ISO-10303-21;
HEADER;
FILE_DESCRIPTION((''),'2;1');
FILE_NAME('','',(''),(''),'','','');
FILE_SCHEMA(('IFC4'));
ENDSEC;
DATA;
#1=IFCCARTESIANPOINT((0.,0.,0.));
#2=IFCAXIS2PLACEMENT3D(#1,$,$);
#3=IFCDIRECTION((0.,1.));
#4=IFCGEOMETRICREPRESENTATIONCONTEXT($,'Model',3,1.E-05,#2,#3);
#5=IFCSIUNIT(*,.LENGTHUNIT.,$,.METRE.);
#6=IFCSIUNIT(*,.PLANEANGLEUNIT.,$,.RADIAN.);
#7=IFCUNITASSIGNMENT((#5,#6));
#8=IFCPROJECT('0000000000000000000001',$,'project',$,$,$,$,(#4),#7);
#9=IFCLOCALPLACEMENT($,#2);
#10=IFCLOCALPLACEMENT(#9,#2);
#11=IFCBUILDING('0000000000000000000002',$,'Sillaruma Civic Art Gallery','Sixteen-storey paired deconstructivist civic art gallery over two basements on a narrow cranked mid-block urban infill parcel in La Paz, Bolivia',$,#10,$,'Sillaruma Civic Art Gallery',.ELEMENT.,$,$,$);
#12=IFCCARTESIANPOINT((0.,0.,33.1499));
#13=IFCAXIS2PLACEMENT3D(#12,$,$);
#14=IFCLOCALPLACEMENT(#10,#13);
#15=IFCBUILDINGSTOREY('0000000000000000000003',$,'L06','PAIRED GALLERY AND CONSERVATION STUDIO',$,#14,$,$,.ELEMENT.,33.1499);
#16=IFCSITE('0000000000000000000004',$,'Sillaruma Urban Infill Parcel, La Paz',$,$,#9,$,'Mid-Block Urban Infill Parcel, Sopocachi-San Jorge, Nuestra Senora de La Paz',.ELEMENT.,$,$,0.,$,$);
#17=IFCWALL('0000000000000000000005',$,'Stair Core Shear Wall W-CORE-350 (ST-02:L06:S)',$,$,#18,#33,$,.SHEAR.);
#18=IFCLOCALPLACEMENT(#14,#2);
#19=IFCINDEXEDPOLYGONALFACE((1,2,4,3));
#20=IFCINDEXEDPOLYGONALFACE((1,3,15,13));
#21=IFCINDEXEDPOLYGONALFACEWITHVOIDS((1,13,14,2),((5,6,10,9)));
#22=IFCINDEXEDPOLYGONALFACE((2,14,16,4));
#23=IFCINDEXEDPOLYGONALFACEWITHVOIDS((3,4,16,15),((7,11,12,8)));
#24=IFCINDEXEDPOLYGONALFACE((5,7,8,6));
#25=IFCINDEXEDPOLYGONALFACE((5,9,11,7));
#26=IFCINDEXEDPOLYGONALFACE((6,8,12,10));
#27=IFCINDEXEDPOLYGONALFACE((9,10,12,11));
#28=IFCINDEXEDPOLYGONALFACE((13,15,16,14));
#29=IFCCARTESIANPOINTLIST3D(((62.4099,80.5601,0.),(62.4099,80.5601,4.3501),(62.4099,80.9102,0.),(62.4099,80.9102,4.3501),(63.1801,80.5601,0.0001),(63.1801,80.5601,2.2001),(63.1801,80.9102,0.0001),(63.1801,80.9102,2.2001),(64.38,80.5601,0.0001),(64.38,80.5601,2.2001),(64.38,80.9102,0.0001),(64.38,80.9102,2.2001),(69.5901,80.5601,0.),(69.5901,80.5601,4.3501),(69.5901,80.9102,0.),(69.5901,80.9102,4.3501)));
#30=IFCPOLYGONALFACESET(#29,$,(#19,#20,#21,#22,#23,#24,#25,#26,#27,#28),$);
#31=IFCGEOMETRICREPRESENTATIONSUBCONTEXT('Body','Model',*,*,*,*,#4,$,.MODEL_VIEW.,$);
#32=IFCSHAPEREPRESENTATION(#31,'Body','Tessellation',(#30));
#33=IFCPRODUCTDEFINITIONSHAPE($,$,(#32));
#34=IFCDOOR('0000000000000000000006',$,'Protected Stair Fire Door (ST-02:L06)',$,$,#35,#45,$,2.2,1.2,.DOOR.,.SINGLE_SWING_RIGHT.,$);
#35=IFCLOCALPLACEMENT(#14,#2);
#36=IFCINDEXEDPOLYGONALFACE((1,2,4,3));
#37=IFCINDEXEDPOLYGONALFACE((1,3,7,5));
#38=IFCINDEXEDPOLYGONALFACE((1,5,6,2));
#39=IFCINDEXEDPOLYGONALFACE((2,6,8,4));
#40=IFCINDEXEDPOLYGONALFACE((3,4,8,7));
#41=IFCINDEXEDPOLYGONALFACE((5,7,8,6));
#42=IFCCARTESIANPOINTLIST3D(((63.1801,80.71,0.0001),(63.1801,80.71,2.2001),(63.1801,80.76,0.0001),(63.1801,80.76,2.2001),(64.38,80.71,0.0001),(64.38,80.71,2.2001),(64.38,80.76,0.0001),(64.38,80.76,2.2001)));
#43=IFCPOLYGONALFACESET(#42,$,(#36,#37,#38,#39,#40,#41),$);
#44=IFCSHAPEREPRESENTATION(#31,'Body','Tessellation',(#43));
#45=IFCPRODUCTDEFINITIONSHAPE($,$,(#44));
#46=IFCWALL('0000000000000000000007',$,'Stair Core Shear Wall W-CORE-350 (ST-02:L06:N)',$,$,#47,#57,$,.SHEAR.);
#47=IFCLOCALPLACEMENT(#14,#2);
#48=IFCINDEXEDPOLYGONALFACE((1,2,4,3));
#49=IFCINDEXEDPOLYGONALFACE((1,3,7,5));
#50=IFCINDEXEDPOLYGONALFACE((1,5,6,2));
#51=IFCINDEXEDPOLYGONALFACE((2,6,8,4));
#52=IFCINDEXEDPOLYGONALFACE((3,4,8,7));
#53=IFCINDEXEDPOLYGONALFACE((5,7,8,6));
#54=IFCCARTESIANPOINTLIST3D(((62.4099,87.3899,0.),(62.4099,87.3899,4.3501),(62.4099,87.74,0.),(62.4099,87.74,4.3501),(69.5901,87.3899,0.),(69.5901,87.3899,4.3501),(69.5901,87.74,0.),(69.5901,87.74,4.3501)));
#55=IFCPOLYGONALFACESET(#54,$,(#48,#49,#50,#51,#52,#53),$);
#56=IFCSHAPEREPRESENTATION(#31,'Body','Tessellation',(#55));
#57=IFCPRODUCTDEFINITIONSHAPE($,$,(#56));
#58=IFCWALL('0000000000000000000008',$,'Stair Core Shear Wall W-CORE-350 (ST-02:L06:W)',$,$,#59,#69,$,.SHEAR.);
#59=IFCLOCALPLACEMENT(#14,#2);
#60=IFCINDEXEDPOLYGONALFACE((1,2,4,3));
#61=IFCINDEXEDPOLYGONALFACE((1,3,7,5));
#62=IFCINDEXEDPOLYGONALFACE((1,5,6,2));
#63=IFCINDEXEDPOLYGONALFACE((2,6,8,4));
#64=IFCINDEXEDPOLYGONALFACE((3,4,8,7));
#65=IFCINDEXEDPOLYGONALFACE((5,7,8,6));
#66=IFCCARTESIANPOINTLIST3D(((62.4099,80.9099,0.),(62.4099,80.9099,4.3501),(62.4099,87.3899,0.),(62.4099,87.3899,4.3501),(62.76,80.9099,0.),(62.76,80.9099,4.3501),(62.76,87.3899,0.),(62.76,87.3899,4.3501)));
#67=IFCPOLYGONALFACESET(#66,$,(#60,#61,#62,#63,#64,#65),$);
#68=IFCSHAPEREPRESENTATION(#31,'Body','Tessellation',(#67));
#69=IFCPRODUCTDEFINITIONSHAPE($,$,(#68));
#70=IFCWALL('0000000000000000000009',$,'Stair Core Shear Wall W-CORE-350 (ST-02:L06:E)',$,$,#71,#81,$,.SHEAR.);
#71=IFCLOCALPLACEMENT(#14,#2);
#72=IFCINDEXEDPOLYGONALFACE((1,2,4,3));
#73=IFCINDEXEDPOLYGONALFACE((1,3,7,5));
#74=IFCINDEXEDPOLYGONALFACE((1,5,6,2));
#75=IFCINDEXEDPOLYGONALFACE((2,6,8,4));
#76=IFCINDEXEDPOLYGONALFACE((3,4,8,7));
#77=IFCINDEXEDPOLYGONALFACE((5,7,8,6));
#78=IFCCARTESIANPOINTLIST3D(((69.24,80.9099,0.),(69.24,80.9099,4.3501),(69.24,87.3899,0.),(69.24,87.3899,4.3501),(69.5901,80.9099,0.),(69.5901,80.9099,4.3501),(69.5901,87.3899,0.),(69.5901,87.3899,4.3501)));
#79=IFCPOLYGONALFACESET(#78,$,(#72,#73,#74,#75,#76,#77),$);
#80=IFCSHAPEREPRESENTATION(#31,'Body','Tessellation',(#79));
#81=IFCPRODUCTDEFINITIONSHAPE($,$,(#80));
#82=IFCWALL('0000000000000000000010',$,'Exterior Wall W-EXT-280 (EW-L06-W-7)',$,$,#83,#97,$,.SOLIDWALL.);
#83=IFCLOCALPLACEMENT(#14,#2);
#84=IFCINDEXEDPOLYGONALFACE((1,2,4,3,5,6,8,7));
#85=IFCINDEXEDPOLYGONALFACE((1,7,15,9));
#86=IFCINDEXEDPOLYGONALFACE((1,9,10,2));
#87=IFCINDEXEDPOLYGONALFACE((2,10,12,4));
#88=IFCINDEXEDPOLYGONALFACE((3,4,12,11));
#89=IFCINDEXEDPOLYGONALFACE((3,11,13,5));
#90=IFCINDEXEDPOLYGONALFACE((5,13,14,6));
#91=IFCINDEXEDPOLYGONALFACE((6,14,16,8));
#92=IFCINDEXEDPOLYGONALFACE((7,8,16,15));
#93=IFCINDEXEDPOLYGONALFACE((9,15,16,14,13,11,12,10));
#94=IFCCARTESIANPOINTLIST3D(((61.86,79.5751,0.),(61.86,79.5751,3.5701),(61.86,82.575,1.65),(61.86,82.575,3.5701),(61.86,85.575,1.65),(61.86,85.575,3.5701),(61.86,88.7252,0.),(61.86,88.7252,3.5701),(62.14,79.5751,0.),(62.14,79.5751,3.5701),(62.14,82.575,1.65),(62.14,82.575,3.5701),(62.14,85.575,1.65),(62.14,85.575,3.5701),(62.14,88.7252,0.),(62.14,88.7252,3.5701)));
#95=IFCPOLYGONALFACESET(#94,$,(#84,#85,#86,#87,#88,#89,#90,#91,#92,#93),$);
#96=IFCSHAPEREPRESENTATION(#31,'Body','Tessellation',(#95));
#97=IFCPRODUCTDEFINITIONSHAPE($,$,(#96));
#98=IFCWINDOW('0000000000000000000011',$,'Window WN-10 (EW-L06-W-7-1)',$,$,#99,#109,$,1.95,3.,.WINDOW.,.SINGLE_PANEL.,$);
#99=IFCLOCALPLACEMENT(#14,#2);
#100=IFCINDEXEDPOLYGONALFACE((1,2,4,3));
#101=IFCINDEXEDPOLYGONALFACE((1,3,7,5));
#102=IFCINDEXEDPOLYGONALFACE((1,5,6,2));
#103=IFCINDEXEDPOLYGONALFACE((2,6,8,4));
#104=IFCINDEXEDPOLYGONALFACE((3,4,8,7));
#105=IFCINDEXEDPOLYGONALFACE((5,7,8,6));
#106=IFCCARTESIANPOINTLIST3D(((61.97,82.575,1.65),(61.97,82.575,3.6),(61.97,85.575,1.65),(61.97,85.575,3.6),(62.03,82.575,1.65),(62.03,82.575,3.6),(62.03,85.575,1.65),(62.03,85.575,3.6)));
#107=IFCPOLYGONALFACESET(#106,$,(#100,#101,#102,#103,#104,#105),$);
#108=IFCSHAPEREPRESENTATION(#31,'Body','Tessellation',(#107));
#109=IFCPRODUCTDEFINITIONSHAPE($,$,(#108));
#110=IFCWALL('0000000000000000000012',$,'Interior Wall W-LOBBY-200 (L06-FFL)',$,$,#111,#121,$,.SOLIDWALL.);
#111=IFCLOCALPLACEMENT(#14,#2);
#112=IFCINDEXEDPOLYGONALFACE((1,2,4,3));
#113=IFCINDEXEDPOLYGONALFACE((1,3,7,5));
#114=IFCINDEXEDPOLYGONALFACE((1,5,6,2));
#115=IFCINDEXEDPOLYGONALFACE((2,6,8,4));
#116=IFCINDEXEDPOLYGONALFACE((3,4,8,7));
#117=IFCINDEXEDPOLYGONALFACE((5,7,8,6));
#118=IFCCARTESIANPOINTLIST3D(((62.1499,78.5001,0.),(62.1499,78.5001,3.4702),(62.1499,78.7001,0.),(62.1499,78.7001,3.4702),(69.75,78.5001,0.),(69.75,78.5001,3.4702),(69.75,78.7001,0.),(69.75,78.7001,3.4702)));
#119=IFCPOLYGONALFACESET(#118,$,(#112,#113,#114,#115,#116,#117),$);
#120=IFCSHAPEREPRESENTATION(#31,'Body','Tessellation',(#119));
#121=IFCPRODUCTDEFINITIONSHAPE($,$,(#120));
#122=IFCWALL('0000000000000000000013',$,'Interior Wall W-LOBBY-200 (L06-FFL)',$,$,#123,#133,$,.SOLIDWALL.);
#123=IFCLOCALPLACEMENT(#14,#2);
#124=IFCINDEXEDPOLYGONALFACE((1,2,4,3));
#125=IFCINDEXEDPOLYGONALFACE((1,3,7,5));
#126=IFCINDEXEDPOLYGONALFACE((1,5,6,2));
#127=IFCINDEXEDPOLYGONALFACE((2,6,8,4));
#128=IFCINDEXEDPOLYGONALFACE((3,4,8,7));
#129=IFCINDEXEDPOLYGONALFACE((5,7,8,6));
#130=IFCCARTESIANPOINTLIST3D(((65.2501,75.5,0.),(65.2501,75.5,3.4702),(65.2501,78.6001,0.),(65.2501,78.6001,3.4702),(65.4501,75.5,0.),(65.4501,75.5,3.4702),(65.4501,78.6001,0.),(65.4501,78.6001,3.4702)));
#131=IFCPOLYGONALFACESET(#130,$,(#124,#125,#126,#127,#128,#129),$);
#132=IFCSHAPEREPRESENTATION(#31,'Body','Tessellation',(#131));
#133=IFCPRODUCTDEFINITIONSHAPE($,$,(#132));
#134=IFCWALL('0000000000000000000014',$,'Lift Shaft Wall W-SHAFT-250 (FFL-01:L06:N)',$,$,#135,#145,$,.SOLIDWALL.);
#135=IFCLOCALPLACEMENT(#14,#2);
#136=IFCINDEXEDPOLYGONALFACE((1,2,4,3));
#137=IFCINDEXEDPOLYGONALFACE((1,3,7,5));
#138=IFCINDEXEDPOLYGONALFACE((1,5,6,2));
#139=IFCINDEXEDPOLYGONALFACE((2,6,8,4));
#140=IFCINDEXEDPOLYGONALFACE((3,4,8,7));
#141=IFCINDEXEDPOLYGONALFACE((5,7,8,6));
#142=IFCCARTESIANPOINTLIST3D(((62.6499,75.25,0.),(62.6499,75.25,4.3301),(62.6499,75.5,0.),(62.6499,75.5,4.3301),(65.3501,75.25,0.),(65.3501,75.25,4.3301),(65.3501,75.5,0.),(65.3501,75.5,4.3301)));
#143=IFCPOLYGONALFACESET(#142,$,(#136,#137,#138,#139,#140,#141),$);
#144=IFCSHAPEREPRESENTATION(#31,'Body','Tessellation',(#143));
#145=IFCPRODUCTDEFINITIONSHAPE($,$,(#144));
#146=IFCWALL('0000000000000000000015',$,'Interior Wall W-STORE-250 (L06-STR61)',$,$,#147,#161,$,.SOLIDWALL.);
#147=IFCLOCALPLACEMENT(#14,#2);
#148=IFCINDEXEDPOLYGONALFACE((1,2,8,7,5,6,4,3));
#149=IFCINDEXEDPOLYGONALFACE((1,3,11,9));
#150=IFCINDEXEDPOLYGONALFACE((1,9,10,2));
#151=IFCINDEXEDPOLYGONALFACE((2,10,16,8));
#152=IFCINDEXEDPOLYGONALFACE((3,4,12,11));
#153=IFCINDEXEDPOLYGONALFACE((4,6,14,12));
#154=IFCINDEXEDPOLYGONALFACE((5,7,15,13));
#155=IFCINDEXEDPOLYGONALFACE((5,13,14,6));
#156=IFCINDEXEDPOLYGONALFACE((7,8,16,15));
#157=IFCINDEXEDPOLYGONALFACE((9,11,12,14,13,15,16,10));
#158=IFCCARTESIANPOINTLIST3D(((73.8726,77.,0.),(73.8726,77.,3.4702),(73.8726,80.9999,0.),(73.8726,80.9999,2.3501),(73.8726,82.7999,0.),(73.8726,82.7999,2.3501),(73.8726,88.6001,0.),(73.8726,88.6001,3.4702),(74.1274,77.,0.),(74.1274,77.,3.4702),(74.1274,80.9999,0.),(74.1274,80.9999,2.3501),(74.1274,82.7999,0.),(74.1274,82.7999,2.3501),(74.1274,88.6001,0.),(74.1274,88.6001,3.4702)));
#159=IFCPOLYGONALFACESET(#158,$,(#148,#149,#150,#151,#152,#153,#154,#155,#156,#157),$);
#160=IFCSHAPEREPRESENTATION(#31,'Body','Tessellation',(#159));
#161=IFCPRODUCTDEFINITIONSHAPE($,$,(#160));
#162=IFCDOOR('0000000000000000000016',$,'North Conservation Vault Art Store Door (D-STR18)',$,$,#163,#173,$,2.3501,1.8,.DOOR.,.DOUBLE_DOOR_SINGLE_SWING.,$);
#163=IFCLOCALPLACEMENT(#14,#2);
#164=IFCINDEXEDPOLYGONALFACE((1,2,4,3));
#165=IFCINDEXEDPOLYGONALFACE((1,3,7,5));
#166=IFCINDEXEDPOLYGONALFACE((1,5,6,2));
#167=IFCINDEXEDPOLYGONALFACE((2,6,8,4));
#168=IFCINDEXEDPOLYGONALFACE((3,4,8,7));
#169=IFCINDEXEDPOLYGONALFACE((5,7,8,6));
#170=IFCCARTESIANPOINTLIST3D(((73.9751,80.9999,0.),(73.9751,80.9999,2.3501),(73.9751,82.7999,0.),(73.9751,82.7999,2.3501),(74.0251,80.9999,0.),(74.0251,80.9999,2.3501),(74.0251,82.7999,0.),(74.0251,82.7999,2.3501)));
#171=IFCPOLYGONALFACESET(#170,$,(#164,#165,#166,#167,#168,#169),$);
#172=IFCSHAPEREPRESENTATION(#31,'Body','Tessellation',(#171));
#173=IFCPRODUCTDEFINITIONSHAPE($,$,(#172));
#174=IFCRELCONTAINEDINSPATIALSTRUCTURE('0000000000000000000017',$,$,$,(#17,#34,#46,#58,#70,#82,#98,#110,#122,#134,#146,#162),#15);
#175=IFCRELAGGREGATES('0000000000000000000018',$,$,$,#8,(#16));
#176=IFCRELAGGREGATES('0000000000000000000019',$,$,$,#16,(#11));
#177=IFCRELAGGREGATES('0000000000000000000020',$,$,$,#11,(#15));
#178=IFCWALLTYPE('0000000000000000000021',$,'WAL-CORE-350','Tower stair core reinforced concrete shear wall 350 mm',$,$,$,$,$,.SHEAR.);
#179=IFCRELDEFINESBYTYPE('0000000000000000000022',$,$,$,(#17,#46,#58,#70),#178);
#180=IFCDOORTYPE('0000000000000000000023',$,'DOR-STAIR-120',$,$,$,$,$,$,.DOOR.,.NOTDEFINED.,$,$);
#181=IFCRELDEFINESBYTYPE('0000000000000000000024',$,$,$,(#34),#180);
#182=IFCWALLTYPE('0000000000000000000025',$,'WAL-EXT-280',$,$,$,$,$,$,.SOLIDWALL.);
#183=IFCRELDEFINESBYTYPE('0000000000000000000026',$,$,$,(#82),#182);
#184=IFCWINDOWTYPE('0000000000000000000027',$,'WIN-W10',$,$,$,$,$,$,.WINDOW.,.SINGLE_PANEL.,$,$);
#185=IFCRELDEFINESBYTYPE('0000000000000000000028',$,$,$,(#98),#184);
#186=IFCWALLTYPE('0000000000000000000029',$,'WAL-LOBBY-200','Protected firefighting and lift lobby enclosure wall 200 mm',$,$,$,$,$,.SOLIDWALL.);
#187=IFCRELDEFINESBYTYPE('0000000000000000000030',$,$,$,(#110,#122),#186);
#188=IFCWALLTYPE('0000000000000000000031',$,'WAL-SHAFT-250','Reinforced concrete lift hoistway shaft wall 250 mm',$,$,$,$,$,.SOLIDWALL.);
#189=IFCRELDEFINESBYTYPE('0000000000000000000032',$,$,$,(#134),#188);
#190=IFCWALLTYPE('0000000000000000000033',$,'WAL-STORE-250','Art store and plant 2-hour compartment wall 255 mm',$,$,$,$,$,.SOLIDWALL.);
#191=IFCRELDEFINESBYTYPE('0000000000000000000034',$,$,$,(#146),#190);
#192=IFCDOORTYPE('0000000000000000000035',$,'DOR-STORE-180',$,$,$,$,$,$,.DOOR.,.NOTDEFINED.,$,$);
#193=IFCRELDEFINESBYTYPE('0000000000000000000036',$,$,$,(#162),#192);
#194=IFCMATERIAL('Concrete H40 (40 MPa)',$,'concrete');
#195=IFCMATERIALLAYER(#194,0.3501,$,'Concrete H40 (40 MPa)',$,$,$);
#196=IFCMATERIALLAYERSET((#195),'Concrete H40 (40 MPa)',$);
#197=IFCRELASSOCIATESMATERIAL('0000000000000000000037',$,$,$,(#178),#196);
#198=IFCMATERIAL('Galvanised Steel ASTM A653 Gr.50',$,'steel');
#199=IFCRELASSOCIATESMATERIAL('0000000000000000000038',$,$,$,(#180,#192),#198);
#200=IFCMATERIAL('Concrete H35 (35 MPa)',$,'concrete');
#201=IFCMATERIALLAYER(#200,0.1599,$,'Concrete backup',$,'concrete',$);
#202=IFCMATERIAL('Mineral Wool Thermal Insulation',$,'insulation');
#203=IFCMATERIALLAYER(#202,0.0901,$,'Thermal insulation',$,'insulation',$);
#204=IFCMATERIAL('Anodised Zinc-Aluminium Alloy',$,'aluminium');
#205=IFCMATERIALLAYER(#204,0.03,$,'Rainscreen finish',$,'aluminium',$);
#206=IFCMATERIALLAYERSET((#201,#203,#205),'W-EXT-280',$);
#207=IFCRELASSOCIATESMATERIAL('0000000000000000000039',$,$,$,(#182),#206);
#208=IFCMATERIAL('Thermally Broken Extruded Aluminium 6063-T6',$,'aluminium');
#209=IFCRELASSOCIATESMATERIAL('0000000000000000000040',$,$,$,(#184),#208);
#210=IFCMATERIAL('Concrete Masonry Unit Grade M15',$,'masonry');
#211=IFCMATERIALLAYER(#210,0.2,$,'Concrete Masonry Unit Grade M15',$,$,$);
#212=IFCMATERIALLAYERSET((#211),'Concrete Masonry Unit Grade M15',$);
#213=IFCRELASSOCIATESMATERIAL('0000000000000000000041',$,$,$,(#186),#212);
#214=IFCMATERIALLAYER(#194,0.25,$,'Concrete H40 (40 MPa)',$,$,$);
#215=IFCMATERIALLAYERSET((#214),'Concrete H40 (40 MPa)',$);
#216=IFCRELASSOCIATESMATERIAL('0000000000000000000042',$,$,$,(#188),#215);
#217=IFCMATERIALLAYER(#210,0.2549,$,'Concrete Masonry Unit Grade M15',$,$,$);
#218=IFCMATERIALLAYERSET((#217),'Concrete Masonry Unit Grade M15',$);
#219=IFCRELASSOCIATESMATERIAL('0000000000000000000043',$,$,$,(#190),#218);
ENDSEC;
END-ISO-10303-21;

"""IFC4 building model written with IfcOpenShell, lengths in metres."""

from ifc_helpers import new_model, si_unit, direction, frame, frame_2d, origin, place, context, subcontext, project, spatial, rectangle, extrude, material, layer, layer_set, type_object, element, fill, save


model = new_model("IFC4")

# Units and contexts
model_context = context("Model", 3, precision=1e-05, world=origin(), true_north=direction((0.0, 1.0)))
body_context = subcontext(model_context, "Body", "Model", "MODEL_VIEW")
ifc_project = project(units=[si_unit("LENGTHUNIT", "METRE"), si_unit("PLANEANGLEUNIT", "RADIAN")], contexts=[model_context])

# Site, building, storey
site_placement = place(None, origin())
site = spatial("IfcSite", under=ifc_project, at=site_placement, Name="Sillaruma Urban Infill Parcel, La Paz", LongName="Mid-Block Urban Infill Parcel, Sopocachi-San Jorge, Nuestra Senora de La Paz", CompositionType="ELEMENT", RefElevation=0.0)
building_placement = place(site_placement, origin())
building = spatial("IfcBuilding", under=site, at=building_placement, Name="Sillaruma Civic Art Gallery", Description="Sixteen-storey paired deconstructivist civic art gallery over two basements on a narrow cranked mid-block urban infill parcel in La Paz, Bolivia", LongName="Sillaruma Civic Art Gallery", CompositionType="ELEMENT")
storey_placement = place(building_placement, frame((0.0, 0.0, 33.1499)))
storey = spatial("IfcBuildingStorey", under=building, at=storey_placement, Name="L06", Description="PAIRED GALLERY AND CONSERVATION STUDIO", CompositionType="ELEMENT", Elevation=33.1499)

# Shared definitions
ifc_material_1 = material(Name="Concrete H40 (40 MPa)", Category="concrete")

# Shared definitions
ifc_material_2 = material(Name="Concrete H35 (35 MPa)", Category="concrete")

# Shared definitions
ifc_material_3 = material(Name="Thermally Broken Extruded Aluminium 6063-T6", Category="aluminium")

# Wall, opening, door
ifc_layer_1 = layer(ifc_material_1, 0.3501, Name="Concrete H40 (40 MPa)")
ifc_layer_set_1 = layer_set([ifc_layer_1], Name="Concrete H40 (40 MPa)")
wall_type_1 = type_object("IfcWallType", Name="WAL-CORE-350", Description="Tower stair core reinforced concrete shear wall 350 mm", PredefinedType="SHEAR", material=ifc_layer_set_1)
wall_1_placement = place(storey_placement, frame((62.4099, 80.7351, 0.0), z_axis=(0.0, 0.0, 1.0), x_axis=(1.0, 0.0, 0.0)))
wall_1 = element("IfcWall", 1, at=wall_1_placement, inside=storey, type_object=wall_type_1, Name="Stair Core Shear Wall W-CORE-350 (ST-02:L06:S)", PredefinedType="SHEAR", context=body_context, shape_type="SweptSolid", body=[
    extrude(rectangle(XDim=7.1802, YDim=0.3501, at=frame_2d((3.5901, 0.0))), origin(), (0.0, 0.0, 1.0), 4.3501),
])
opening_1_placement = place(wall_1_placement, frame((0.77, 0.0, 0.0)))
opening_1 = element("IfcOpeningElement", 2, at=opening_1_placement, cuts=wall_1, PredefinedType="OPENING", context=body_context, shape_type="SweptSolid", body=[
    extrude(rectangle(XDim=1.2, YDim=2.2, at=frame_2d((0.6001, 1.1001))), frame((0.0, 0.1851, 0.0), z_axis=(0.0, -1.0, 0.0), x_axis=(1.0, 0.0, 0.0)), (0.0, 0.0, 1.0), 0.3701),
])
ifc_material_4 = material(Name="Galvanised Steel ASTM A653 Gr.50", Category="steel")
door_type_1 = type_object("IfcDoorType", Name="DOR-STAIR-120", OperationType="NOTDEFINED", PredefinedType="DOOR", material=ifc_material_4)
door_1_placement = place(opening_1_placement, origin())
door_1 = element("IfcDoor", 3, at=door_1_placement, inside=storey, type_object=door_type_1, Name="Protected Stair Fire Door (ST-02:L06)", OperationType="SINGLE_SWING_RIGHT", OverallHeight=2.2, OverallWidth=1.2, PredefinedType="DOOR", context=body_context, shape_type="SweptSolid", body=[
    extrude(rectangle(XDim=1.2, YDim=2.2, at=frame_2d((0.6001, 1.1001))), frame((0.0, 0.0249, 0.0), z_axis=(0.0, -1.0, 0.0), x_axis=(1.0, 0.0, 0.0)), (0.0, 0.0, 1.0), 0.05),
])
fill(opening_1, door_1)

# Walls
wall_2_placement = place(storey_placement, frame((62.4099, 87.5649, 0.0), z_axis=(0.0, 0.0, 1.0), x_axis=(1.0, 0.0, 0.0)))
element("IfcWall", 4, at=wall_2_placement, inside=storey, type_object=wall_type_1, Name="Stair Core Shear Wall W-CORE-350 (ST-02:L06:N)", PredefinedType="SHEAR", context=body_context, shape_type="SweptSolid", body=[
    extrude(rectangle(XDim=7.1802, YDim=0.3501, at=frame_2d((3.5901, 0.0))), origin(), (0.0, 0.0, 1.0), 4.3501),
])
for number, where, z_axis, x_axis, name in (
    (5, (62.585, 80.9099, 0.0), (0.0, 0.0, 1.0), (0.0, 1.0, 0.0), "Stair Core Shear Wall W-CORE-350 (ST-02:L06:W)"),
    (6, (69.415, 80.9099, 0.0), (0.0, 0.0, 1.0), (0.0, 1.0, 0.0), "Stair Core Shear Wall W-CORE-350 (ST-02:L06:E)"),
):
    element("IfcWall", number, at=place(storey_placement, frame(where, z_axis=z_axis, x_axis=x_axis)), inside=storey, type_object=wall_type_1, Name=name, PredefinedType="SHEAR", context=body_context, shape_type="SweptSolid", body=[
        extrude(rectangle(XDim=6.48, YDim=0.3501, at=frame_2d((3.24, 0.0))), origin(), (0.0, 0.0, 1.0), 4.3501),
    ])

# Wall, opening, window
ifc_layer_2 = layer(ifc_material_2, 0.1599, Name="Concrete backup", Category="concrete")
ifc_material_5 = material(Name="Mineral Wool Thermal Insulation", Category="insulation")
ifc_layer_3 = layer(ifc_material_5, 0.0901, Name="Thermal insulation", Category="insulation")
ifc_material_6 = material(Name="Anodised Zinc-Aluminium Alloy", Category="aluminium")
ifc_layer_4 = layer(ifc_material_6, 0.03, Name="Rainscreen finish", Category="aluminium")
ifc_layer_set_2 = layer_set([ifc_layer_2, ifc_layer_3, ifc_layer_4], Name="W-EXT-280")
wall_type_2 = type_object("IfcWallType", Name="WAL-EXT-280", PredefinedType="SOLIDWALL", material=ifc_layer_set_2)
wall_3_placement = place(storey_placement, frame((62.0, 79.575, 0.0), z_axis=(0.0, 0.0, 1.0), x_axis=(0.0, 1.0, 0.0)))
wall_3 = element("IfcWall", 7, at=wall_3_placement, inside=storey, type_object=wall_type_2, Name="Exterior Wall W-EXT-280 (EW-L06-W-7)", PredefinedType="SOLIDWALL", context=body_context, shape_type="SweptSolid", body=[
    extrude(rectangle(XDim=9.1501, YDim=0.28, at=frame_2d((4.5752, 0.0))), origin(), (0.0, 0.0, 1.0), 3.5701),
])
opening_2_placement = place(wall_3_placement, frame((3.0, 0.0, 1.6499)))
opening_2 = element("IfcOpeningElement", 8, at=opening_2_placement, cuts=wall_3, PredefinedType="OPENING", context=body_context, shape_type="SweptSolid", body=[
    extrude(rectangle(XDim=3.0, YDim=1.95, at=frame_2d((1.5, 0.9751))), frame((0.0, 0.1499, 0.0), z_axis=(0.0, -1.0, 0.0), x_axis=(1.0, 0.0, 0.0)), (0.0, 0.0, 1.0), 0.3),
])
window_type = type_object("IfcWindowType", Name="WIN-W10", PartitioningType="SINGLE_PANEL", PredefinedType="WINDOW", material=ifc_material_3)
window_placement = place(opening_2_placement, origin())
window = element("IfcWindow", 9, at=window_placement, inside=storey, type_object=window_type, Name="Window WN-10 (EW-L06-W-7-1)", OverallHeight=1.95, OverallWidth=3.0, PartitioningType="SINGLE_PANEL", PredefinedType="WINDOW", context=body_context, shape_type="SweptSolid", body=[
    extrude(rectangle(XDim=3.0, YDim=1.95, at=frame_2d((1.5, 0.9751))), frame((0.0, 0.03, 0.0), z_axis=(0.0, -1.0, 0.0), x_axis=(1.0, 0.0, 0.0)), (0.0, 0.0, 1.0), 0.0601),
])
fill(opening_2, window)

# Walls
ifc_material_7 = material(Name="Concrete Masonry Unit Grade M15", Category="masonry")
ifc_layer_5 = layer(ifc_material_7, 0.2, Name="Concrete Masonry Unit Grade M15")
ifc_layer_set_3 = layer_set([ifc_layer_5], Name="Concrete Masonry Unit Grade M15")
wall_type_3 = type_object("IfcWallType", Name="WAL-LOBBY-200", Description="Protected firefighting and lift lobby enclosure wall 200 mm", PredefinedType="SOLIDWALL", material=ifc_layer_set_3)
wall_4_placement = place(storey_placement, frame((62.1499, 78.6001, 0.0), z_axis=(0.0, 0.0, 1.0), x_axis=(1.0, 0.0, 0.0)))
element("IfcWall", 10, at=wall_4_placement, inside=storey, type_object=wall_type_3, Name="Interior Wall W-LOBBY-200 (L06-FFL)", PredefinedType="SOLIDWALL", context=body_context, shape_type="SweptSolid", body=[
    extrude(rectangle(XDim=7.6001, YDim=0.2, at=frame_2d((3.8, 0.0))), origin(), (0.0, 0.0, 1.0), 3.4702),
])
wall_5_placement = place(storey_placement, frame((65.3501, 75.5, 0.0), z_axis=(0.0, 0.0, 1.0), x_axis=(0.0, 1.0, 0.0)))
element("IfcWall", 11, at=wall_5_placement, inside=storey, type_object=wall_type_3, Name="Interior Wall W-LOBBY-200 (L06-FFL)", PredefinedType="SOLIDWALL", context=body_context, shape_type="SweptSolid", body=[
    extrude(rectangle(XDim=3.1001, YDim=0.2, at=frame_2d((1.55, 0.0))), origin(), (0.0, 0.0, 1.0), 3.4702),
])
ifc_layer_6 = layer(ifc_material_1, 0.25, Name="Concrete H40 (40 MPa)")
ifc_layer_set_4 = layer_set([ifc_layer_6], Name="Concrete H40 (40 MPa)")
wall_type_4 = type_object("IfcWallType", Name="WAL-SHAFT-250", Description="Reinforced concrete lift hoistway shaft wall 250 mm", PredefinedType="SOLIDWALL", material=ifc_layer_set_4)
wall_6_placement = place(storey_placement, frame((62.6499, 75.375, 0.0), z_axis=(0.0, 0.0, 1.0), x_axis=(1.0, 0.0, 0.0)))
element("IfcWall", 12, at=wall_6_placement, inside=storey, type_object=wall_type_4, Name="Lift Shaft Wall W-SHAFT-250 (FFL-01:L06:N)", PredefinedType="SOLIDWALL", context=body_context, shape_type="SweptSolid", body=[
    extrude(rectangle(XDim=2.7002, YDim=0.25, at=frame_2d((1.3501, 0.0))), origin(), (0.0, 0.0, 1.0), 4.3301),
])

# Wall, opening, door
ifc_layer_7 = layer(ifc_material_7, 0.2549, Name="Concrete Masonry Unit Grade M15")
ifc_layer_set_5 = layer_set([ifc_layer_7], Name="Concrete Masonry Unit Grade M15")
wall_type_5 = type_object("IfcWallType", Name="WAL-STORE-250", Description="Art store and plant 2-hour compartment wall 255 mm", PredefinedType="SOLIDWALL", material=ifc_layer_set_5)
wall_7_placement = place(storey_placement, frame((74.0, 77.0, 0.0), z_axis=(0.0, 0.0, 1.0), x_axis=(0.0, 1.0, 0.0)))
wall_7 = element("IfcWall", 13, at=wall_7_placement, inside=storey, type_object=wall_type_5, Name="Interior Wall W-STORE-250 (L06-STR61)", PredefinedType="SOLIDWALL", context=body_context, shape_type="SweptSolid", body=[
    extrude(rectangle(XDim=11.6001, YDim=0.2549, at=frame_2d((5.8, 0.0))), origin(), (0.0, 0.0, 1.0), 3.4702),
])
opening_3_placement = place(wall_7_placement, frame((4.0, 0.0, 0.0)))
opening_3 = element("IfcOpeningElement", 14, at=opening_3_placement, cuts=wall_7, PredefinedType="OPENING", context=body_context, shape_type="SweptSolid", body=[
    extrude(rectangle(XDim=1.8, YDim=2.3501, at=frame_2d((0.8999, 1.175))), frame((0.0, 0.1375, 0.0), z_axis=(0.0, -1.0, 0.0), x_axis=(1.0, 0.0, 0.0)), (0.0, 0.0, 1.0), 0.2749),
])
door_type_2 = type_object("IfcDoorType", Name="DOR-STORE-180", OperationType="NOTDEFINED", PredefinedType="DOOR", material=ifc_material_4)
door_2_placement = place(opening_3_placement, origin())
door_2 = element("IfcDoor", 15, at=door_2_placement, inside=storey, type_object=door_type_2, Name="North Conservation Vault Art Store Door (D-STR18)", OperationType="DOUBLE_DOOR_SINGLE_SWING", OverallHeight=2.3501, OverallWidth=1.8, PredefinedType="DOOR", context=body_context, shape_type="SweptSolid", body=[
    extrude(rectangle(XDim=1.8, YDim=2.3501, at=frame_2d((0.8999, 1.175))), frame((0.0, 0.0249, 0.0), z_axis=(0.0, -1.0, 0.0), x_axis=(1.0, 0.0, 0.0)), (0.0, 0.0, 1.0), 0.05),
])
fill(opening_3, door_2)

save(model, "model.ifc")
